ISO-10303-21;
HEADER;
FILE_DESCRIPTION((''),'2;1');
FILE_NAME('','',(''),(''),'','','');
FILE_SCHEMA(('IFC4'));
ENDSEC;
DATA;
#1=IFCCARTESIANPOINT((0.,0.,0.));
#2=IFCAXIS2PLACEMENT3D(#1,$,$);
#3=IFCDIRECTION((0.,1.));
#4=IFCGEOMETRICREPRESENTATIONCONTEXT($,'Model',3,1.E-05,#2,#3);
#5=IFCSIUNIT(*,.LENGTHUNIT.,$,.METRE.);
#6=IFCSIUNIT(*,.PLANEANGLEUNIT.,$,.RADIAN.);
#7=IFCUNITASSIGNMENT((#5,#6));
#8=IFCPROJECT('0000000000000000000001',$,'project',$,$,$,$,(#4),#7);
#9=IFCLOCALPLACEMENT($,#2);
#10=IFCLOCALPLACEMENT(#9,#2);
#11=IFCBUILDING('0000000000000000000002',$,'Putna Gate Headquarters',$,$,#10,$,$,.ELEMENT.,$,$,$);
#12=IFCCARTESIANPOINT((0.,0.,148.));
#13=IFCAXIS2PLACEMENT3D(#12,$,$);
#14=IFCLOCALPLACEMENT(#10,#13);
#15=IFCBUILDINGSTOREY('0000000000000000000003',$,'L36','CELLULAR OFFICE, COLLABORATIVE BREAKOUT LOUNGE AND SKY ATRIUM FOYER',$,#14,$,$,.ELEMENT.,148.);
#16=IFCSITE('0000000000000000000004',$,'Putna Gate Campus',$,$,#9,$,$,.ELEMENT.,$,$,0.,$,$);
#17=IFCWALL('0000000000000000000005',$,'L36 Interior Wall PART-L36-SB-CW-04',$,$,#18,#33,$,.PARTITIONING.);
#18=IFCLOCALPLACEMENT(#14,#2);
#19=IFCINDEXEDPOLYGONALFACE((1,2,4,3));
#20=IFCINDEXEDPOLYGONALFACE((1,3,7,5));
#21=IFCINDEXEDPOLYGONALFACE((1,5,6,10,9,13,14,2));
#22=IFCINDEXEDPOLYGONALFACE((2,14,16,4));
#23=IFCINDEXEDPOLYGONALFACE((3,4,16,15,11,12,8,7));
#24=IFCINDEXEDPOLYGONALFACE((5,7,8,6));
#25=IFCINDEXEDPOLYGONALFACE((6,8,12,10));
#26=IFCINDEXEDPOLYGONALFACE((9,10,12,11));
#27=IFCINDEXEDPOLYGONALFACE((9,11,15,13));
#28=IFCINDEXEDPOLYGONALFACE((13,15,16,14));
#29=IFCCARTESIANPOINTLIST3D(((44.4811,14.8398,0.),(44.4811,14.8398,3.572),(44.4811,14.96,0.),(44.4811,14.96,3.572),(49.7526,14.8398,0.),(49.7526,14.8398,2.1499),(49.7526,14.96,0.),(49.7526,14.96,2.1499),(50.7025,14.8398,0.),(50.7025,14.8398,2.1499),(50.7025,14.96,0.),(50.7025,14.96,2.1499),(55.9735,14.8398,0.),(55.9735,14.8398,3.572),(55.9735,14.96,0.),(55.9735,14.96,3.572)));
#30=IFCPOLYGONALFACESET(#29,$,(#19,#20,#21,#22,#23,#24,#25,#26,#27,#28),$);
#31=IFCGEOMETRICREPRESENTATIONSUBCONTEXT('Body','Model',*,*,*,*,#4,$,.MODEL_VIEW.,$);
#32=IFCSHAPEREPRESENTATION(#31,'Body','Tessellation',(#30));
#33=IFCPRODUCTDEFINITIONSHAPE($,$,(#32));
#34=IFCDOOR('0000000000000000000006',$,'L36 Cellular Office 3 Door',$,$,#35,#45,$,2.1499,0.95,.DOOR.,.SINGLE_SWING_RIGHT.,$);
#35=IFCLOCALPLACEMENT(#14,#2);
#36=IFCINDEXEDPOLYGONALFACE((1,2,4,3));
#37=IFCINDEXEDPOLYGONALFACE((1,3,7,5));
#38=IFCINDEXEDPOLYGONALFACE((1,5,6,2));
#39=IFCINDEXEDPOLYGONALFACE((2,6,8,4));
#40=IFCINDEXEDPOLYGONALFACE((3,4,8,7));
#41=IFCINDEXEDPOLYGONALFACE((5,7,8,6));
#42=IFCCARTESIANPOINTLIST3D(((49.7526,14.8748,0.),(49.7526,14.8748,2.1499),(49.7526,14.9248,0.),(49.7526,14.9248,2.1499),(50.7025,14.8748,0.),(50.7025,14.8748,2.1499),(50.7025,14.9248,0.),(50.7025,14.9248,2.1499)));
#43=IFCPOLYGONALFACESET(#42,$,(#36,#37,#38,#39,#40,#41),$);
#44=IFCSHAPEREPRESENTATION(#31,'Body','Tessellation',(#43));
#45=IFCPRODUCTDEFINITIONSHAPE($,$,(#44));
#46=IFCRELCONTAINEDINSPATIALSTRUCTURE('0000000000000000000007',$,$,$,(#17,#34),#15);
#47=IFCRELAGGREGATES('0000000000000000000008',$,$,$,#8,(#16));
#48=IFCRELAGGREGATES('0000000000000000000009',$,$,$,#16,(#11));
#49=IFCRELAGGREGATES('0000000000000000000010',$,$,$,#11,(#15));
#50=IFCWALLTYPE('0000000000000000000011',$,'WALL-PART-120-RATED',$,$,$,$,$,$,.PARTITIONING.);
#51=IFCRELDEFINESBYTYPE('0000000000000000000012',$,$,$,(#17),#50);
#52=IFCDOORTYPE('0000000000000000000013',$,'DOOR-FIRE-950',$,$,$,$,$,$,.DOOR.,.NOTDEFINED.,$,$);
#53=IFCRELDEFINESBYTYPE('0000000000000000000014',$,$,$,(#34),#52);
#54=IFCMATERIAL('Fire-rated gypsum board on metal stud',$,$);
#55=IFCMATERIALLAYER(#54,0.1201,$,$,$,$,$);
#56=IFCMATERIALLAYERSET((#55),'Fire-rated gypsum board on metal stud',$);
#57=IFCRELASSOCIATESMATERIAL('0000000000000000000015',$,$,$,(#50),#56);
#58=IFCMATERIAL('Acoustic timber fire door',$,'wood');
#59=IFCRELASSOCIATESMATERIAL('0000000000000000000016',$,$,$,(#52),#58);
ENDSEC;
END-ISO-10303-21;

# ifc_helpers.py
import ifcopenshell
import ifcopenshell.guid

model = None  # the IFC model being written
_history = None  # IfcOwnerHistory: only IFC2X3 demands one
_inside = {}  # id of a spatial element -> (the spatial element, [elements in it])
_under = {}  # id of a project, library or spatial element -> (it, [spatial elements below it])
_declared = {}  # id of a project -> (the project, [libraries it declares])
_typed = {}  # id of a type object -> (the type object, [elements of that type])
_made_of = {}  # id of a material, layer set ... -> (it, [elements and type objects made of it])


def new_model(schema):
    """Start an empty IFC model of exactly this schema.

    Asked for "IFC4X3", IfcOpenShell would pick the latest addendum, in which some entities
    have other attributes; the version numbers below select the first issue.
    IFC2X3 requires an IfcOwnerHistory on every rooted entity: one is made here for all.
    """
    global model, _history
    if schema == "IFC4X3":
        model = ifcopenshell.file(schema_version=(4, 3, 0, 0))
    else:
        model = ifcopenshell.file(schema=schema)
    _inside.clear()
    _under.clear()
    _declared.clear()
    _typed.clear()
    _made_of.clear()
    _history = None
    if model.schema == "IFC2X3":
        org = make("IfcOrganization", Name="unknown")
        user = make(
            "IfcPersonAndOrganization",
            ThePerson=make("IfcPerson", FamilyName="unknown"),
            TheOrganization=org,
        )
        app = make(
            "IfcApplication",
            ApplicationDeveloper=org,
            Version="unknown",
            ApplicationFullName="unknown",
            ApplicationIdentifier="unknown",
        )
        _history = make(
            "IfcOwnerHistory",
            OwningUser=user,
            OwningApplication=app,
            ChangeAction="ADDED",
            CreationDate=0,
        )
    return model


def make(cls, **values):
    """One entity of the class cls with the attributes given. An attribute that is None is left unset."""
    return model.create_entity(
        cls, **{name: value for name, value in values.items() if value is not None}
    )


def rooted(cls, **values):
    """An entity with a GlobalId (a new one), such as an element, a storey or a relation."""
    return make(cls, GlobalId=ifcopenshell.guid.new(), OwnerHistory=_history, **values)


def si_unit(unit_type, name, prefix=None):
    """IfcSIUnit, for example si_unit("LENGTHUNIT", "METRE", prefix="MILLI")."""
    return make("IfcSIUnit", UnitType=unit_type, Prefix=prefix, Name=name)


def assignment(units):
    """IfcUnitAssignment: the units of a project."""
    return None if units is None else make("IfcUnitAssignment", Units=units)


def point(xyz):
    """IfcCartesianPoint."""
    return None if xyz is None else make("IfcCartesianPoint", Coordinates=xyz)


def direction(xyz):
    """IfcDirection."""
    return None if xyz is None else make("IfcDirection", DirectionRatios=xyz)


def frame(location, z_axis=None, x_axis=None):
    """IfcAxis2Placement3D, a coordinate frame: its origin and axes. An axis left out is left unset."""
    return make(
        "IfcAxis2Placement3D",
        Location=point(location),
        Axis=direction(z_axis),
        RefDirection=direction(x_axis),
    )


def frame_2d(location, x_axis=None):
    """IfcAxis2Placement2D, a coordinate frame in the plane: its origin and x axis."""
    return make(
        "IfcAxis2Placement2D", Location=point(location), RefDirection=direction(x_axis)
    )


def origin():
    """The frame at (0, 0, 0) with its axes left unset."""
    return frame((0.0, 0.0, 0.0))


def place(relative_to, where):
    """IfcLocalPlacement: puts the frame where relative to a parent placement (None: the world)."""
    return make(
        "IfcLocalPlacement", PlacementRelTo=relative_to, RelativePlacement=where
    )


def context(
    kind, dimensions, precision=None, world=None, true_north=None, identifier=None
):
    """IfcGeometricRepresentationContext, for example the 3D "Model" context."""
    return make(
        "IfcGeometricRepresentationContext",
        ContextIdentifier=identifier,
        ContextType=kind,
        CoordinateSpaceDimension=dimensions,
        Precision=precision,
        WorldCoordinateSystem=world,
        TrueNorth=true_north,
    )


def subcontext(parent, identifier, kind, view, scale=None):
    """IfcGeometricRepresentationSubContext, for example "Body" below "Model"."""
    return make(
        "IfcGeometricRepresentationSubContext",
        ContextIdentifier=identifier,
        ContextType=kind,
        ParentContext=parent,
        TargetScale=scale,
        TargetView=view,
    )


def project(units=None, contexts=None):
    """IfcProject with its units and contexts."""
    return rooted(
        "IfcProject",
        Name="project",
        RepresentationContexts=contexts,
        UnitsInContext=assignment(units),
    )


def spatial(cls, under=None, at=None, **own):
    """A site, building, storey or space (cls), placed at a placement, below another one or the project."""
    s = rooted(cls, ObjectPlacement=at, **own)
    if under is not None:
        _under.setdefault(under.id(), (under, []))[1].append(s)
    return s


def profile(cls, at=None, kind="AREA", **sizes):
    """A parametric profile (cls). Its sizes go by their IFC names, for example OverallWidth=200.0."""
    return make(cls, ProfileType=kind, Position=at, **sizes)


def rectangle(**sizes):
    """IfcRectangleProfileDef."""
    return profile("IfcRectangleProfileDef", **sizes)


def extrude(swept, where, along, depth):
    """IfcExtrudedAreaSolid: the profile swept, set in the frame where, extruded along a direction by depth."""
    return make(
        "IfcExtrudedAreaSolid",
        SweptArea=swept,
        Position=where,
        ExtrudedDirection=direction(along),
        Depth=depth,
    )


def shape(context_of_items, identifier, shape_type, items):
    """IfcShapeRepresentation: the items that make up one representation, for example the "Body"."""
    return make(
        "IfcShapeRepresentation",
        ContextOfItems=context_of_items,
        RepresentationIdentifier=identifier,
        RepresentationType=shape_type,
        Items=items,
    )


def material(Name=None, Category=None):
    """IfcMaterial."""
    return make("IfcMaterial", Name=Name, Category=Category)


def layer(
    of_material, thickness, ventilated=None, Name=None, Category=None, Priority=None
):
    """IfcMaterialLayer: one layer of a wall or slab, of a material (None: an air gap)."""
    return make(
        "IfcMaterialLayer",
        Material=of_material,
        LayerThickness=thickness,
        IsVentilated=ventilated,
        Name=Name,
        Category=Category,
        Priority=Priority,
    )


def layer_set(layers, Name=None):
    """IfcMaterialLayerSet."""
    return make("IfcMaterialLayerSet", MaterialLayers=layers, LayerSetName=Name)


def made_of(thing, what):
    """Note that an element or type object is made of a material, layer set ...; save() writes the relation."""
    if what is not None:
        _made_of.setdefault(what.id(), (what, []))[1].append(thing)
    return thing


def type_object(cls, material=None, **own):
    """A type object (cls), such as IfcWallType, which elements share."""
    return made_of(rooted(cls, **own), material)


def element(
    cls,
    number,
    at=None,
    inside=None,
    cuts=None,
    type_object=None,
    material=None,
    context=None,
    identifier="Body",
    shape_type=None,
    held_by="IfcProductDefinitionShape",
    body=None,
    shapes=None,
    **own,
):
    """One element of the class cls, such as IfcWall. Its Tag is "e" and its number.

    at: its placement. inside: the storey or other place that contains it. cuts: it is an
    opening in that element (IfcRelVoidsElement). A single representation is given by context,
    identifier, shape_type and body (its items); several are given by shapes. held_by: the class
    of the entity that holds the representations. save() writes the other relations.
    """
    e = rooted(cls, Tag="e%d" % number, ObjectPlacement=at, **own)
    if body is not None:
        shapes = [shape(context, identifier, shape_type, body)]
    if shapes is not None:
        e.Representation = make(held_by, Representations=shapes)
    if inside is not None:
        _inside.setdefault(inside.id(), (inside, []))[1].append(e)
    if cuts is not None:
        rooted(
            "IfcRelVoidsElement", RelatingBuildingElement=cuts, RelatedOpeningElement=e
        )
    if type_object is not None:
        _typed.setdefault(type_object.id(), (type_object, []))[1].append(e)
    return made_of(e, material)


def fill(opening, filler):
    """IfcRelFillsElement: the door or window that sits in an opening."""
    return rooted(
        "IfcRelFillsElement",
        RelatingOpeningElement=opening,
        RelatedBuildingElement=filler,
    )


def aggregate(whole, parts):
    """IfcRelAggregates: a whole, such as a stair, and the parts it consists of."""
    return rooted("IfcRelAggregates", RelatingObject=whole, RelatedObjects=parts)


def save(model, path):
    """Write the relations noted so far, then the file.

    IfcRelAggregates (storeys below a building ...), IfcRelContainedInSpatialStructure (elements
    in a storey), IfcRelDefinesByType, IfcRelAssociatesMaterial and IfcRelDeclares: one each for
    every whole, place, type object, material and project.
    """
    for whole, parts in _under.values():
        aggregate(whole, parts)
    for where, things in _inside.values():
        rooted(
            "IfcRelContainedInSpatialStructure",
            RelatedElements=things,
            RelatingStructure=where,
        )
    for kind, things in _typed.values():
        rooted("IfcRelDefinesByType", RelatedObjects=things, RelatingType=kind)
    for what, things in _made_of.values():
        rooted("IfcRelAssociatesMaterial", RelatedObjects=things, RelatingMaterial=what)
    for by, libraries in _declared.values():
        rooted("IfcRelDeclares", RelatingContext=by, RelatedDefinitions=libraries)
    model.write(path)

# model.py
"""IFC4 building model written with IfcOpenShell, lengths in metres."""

from ifc_helpers import new_model, si_unit, direction, frame, frame_2d, origin, place, context, subcontext, project, spatial, rectangle, extrude, material, layer, layer_set, type_object, element, fill, save


model = new_model("IFC4")

# Units and contexts
model_context = context("Model", 3, precision=1e-05, world=origin(), true_north=direction((0.0, 1.0)))
body_context = subcontext(model_context, "Body", "Model", "MODEL_VIEW")
ifc_project = project(units=[si_unit("LENGTHUNIT", "METRE"), si_unit("PLANEANGLEUNIT", "RADIAN")], contexts=[model_context])

# Site, building, storey
site_placement = place(None, origin())
site = spatial("IfcSite", under=ifc_project, at=site_placement, Name="Putna Gate Campus", CompositionType="ELEMENT", RefElevation=0.0)
building_placement = place(site_placement, origin())
building = spatial("IfcBuilding", under=site, at=building_placement, Name="Putna Gate Headquarters", CompositionType="ELEMENT")
storey_placement = place(building_placement, frame((0.0, 0.0, 148.0)))
storey = spatial("IfcBuildingStorey", under=building, at=storey_placement, Name="L36", Description="CELLULAR OFFICE, COLLABORATIVE BREAKOUT LOUNGE AND SKY ATRIUM FOYER", CompositionType="ELEMENT", Elevation=148.0)

# Wall, opening, door
ifc_material_1 = material(Name="Fire-rated gypsum board on metal stud")
ifc_layer_1 = layer(ifc_material_1, 0.1201)
ifc_layer_set_1 = layer_set([ifc_layer_1], Name="Fire-rated gypsum board on metal stud")
wall_type_1 = type_object("IfcWallType", Name="WALL-PART-120-RATED", PredefinedType="PARTITIONING", material=ifc_layer_set_1)
wall_1_placement = place(storey_placement, frame((44.4812, 14.8999, 0.0), z_axis=(0.0, 0.0, 1.0), x_axis=(1.0, 0.0, 0.0)))
wall_1 = element("IfcWall", 1, at=wall_1_placement, inside=storey, type_object=wall_type_1, Name="L36 Interior Wall PART-L36-SB-CW-04", PredefinedType="PARTITIONING", context=body_context, shape_type="SweptSolid", body=[
    extrude(rectangle(XDim=11.4924, YDim=0.1201, at=frame_2d((5.7461, 0.0))), origin(), (0.0, 0.0, 1.0), 3.572),
])
opening_placement = place(wall_1_placement, frame((5.2712, 0.0, 0.0)))
opening = element("IfcOpeningElement", 2, at=opening_placement, cuts=wall_1, PredefinedType="OPENING", context=body_context, shape_type="SweptSolid", body=[
    extrude(rectangle(XDim=0.95, YDim=2.1499, at=frame_2d((0.4751, 1.075))), frame((0.0, 0.0701, 0.0), z_axis=(0.0, -1.0, 0.0), x_axis=(1.0, 0.0, 0.0)), (0.0, 0.0, 1.0), 0.1401),
])
ifc_material_2 = material(Name="Acoustic timber fire door", Category="wood")
door_type = type_object("IfcDoorType", Name="DOOR-FIRE-950", OperationType="NOTDEFINED", PredefinedType="DOOR", material=ifc_material_2)
door_placement = place(opening_placement, origin())
door = element("IfcDoor", 3, at=door_placement, inside=storey, type_object=door_type, Name="L36 Cellular Office 3 Door", OperationType="SINGLE_SWING_RIGHT", OverallHeight=2.1499, OverallWidth=0.95, PredefinedType="DOOR", context=body_context, shape_type="SweptSolid", body=[
    extrude(rectangle(XDim=0.95, YDim=2.1499, at=frame_2d((0.4751, 1.075))), frame((0.0, 0.0249, 0.0), z_axis=(0.0, -1.0, 0.0), x_axis=(1.0, 0.0, 0.0)), (0.0, 0.0, 1.0), 0.05),
])
fill(opening, door)

save(model, "model.ifc")
